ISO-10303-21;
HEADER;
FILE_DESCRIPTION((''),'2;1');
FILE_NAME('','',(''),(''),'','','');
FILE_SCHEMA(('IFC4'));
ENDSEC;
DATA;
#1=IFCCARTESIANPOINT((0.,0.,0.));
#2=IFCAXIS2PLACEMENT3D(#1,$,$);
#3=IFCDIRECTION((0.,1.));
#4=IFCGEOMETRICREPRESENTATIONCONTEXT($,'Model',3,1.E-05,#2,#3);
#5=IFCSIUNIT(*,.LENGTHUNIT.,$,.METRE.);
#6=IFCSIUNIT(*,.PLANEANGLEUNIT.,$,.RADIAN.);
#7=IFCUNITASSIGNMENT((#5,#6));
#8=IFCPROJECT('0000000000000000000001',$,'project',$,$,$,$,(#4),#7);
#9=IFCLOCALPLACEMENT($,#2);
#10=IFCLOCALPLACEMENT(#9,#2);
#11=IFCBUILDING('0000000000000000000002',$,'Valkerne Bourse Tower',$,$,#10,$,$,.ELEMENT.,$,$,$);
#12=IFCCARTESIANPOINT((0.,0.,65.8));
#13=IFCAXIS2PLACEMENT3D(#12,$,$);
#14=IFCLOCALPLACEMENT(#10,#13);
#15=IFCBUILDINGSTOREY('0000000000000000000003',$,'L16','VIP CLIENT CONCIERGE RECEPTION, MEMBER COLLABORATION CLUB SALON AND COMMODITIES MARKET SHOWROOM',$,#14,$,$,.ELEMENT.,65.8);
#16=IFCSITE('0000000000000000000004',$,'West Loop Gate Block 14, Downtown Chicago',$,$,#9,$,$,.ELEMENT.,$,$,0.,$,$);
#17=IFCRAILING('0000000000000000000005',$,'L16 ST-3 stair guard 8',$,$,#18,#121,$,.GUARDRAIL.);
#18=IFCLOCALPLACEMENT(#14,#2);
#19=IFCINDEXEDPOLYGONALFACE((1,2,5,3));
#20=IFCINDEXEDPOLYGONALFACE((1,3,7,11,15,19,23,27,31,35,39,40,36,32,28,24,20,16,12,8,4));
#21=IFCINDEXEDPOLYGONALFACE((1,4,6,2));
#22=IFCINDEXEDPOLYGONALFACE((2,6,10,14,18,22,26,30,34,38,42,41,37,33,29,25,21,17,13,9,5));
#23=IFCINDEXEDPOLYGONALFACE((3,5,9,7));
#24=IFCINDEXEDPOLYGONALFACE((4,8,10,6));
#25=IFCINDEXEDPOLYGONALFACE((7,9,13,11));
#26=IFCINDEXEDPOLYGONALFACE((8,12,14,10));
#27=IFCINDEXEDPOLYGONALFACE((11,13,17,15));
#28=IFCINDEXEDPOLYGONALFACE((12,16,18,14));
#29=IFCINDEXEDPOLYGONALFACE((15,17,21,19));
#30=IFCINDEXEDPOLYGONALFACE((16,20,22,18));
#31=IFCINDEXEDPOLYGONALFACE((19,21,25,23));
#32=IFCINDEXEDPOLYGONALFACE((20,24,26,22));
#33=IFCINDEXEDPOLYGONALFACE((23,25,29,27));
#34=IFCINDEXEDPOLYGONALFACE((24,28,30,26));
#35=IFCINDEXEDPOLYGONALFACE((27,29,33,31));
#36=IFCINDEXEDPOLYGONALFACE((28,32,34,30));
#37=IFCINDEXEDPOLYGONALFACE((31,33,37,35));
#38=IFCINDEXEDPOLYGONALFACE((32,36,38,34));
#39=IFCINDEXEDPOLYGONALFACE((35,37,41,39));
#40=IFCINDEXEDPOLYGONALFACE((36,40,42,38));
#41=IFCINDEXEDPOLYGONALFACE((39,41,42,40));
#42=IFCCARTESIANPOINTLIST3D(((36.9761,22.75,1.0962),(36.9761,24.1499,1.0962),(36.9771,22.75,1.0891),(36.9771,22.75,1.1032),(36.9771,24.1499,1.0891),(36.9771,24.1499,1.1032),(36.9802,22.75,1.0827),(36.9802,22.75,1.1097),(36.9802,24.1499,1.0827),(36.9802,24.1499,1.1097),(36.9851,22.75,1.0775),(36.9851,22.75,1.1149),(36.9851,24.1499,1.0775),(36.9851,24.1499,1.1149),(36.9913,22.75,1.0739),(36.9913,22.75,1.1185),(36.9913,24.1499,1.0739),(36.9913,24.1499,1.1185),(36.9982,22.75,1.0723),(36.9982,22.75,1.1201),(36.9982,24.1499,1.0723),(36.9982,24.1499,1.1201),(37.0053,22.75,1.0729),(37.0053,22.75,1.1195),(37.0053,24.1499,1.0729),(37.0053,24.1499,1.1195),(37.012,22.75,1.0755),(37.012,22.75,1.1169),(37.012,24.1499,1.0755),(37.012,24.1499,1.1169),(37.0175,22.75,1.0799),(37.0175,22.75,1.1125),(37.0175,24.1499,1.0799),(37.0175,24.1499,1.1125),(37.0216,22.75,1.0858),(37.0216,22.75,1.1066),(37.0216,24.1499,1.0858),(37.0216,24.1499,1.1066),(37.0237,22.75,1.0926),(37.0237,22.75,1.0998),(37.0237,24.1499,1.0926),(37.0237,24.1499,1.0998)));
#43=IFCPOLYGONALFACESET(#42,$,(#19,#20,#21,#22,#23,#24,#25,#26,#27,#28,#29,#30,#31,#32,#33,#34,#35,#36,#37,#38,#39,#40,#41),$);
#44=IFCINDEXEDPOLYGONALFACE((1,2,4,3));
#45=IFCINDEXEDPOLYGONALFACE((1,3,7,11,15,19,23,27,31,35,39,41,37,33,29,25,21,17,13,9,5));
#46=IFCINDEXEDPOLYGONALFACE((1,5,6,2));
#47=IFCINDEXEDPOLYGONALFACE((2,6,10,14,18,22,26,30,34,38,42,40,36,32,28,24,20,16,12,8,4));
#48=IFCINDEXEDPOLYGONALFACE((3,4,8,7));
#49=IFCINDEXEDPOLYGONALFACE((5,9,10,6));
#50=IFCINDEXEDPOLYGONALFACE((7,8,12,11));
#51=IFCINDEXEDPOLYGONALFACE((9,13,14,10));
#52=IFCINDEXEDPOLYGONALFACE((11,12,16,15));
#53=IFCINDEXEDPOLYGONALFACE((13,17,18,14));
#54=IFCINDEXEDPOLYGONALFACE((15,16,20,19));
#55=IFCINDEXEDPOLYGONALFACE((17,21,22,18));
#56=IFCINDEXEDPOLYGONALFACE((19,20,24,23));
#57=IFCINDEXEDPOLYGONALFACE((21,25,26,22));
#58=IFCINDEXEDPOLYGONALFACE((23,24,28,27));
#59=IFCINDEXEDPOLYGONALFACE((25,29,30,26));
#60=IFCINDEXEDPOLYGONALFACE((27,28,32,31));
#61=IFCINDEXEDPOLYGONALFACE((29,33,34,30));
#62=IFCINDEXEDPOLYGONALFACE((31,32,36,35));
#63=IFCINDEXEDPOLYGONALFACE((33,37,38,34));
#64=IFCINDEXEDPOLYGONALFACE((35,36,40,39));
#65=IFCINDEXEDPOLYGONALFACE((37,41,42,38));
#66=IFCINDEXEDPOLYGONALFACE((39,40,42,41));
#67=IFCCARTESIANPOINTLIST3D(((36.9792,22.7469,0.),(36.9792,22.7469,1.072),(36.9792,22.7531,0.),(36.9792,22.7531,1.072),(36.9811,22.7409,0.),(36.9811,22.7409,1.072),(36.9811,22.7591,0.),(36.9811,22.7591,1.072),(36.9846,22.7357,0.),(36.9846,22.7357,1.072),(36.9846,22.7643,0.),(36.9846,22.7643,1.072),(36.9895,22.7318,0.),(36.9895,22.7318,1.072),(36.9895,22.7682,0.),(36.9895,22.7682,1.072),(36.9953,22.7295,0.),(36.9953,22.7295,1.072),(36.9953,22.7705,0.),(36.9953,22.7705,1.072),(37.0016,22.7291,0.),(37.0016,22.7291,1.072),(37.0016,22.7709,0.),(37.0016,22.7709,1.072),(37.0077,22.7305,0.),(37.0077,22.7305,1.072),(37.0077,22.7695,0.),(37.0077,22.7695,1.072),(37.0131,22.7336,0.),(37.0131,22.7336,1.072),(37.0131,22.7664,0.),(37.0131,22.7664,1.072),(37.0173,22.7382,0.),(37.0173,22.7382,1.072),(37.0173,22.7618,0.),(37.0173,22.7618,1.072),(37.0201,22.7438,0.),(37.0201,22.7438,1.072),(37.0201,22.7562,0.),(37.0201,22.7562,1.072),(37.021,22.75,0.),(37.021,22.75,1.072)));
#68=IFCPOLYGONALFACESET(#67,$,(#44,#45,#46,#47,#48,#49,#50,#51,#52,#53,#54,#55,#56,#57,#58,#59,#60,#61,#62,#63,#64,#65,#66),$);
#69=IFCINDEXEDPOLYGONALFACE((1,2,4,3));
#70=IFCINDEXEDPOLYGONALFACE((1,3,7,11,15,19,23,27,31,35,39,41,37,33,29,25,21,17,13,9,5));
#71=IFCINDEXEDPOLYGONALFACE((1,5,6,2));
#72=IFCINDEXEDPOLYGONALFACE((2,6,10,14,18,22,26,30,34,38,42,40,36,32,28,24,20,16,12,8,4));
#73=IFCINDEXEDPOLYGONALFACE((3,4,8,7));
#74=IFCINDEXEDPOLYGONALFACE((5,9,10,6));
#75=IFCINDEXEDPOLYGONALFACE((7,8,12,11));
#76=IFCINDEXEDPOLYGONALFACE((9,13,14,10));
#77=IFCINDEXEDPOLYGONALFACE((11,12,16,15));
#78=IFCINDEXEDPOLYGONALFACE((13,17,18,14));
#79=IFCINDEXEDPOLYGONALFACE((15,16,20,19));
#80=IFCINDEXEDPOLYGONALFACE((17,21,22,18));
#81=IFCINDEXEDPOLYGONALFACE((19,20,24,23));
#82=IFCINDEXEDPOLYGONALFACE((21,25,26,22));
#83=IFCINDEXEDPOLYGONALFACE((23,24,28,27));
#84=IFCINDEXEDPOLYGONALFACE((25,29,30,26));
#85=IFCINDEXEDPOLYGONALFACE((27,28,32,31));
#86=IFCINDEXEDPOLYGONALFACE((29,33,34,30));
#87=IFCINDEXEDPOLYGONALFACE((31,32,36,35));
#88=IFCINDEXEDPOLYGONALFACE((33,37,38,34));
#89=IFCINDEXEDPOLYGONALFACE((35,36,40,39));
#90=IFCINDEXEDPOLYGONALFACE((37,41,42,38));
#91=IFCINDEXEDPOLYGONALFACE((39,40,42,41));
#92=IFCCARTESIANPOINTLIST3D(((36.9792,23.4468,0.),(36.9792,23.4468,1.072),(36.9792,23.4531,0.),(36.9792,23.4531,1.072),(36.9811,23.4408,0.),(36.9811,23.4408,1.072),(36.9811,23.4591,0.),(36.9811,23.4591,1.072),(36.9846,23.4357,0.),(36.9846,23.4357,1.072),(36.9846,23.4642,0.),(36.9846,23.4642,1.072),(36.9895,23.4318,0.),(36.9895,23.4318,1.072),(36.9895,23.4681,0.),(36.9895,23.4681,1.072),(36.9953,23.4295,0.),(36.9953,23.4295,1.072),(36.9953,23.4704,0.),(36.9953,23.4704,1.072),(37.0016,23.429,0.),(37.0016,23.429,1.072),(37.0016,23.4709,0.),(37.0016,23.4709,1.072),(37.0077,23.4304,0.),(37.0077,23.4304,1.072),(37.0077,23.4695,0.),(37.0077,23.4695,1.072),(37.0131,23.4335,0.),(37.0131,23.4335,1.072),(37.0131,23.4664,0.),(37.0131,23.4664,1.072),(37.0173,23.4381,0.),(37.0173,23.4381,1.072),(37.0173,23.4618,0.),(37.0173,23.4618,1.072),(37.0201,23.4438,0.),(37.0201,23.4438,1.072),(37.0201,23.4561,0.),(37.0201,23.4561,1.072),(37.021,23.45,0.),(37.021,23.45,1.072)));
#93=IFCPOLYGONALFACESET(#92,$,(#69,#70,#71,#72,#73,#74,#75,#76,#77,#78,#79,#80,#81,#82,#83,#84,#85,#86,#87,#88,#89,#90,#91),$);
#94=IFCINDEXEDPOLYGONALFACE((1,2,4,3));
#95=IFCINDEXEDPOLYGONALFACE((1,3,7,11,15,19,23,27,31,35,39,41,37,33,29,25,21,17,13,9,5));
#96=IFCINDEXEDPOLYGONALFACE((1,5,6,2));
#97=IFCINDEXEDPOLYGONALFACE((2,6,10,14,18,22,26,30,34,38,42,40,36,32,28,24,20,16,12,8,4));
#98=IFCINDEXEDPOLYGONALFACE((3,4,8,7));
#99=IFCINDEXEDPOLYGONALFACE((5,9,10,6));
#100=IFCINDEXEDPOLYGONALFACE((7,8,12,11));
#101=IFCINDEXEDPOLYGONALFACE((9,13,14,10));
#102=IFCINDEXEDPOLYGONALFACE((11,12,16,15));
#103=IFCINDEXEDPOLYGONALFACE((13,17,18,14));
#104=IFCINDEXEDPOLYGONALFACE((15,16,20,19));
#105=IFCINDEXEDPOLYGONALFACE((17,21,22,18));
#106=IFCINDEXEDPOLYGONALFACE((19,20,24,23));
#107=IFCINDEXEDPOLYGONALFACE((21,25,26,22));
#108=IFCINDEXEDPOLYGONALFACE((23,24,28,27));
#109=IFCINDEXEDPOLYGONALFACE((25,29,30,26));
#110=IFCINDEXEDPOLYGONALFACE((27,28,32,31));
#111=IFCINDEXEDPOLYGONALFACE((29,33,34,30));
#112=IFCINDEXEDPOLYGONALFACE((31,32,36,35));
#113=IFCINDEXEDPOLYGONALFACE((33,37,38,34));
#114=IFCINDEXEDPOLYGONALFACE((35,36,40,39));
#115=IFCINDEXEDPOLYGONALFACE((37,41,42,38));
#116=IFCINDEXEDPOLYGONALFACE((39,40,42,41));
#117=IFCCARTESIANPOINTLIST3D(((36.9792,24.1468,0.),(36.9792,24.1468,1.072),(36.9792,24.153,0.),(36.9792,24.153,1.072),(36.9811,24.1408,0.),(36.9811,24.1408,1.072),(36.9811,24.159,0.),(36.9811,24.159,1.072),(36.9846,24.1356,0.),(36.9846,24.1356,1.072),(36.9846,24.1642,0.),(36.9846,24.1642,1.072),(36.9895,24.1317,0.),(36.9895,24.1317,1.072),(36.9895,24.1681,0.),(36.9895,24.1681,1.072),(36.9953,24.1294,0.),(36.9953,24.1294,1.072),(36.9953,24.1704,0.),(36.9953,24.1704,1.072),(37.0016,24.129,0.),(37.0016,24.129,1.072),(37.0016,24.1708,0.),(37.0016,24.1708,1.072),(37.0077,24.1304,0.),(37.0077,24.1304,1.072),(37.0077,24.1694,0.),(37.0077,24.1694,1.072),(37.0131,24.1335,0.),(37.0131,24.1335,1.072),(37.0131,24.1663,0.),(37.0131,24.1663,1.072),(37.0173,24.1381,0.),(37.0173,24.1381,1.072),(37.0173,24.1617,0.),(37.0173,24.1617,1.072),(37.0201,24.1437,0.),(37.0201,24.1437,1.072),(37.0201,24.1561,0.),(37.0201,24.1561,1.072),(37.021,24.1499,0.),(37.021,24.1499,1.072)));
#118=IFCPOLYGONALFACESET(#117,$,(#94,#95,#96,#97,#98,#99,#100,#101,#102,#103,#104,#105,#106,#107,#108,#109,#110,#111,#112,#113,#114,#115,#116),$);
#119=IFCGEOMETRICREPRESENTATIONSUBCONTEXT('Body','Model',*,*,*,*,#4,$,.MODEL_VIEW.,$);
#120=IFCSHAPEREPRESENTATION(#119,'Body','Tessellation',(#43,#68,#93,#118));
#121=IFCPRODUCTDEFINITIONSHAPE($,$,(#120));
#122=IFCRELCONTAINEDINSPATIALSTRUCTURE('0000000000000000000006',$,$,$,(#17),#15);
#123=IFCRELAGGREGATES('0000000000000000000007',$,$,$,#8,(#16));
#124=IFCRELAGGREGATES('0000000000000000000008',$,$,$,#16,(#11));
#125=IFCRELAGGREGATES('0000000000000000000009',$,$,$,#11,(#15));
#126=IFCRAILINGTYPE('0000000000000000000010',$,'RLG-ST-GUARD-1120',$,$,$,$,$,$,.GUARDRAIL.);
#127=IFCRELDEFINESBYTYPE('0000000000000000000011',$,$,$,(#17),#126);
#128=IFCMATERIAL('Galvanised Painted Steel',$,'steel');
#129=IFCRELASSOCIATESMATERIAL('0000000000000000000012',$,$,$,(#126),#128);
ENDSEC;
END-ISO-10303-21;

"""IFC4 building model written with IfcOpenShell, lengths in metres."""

from ifc_helpers import new_model, si_unit, direction, frame, origin, origin_2d, place, context, subcontext, project, spatial, circle, extrude, material, type_object, element, save


model = new_model("IFC4")

# Units and contexts
model_context = context("Model", 3, precision=1e-05, world=origin(), true_north=direction((0.0, 1.0)))
body_context = subcontext(model_context, "Body", "Model", "MODEL_VIEW")
ifc_project = project(units=[si_unit("LENGTHUNIT", "METRE"), si_unit("PLANEANGLEUNIT", "RADIAN")], contexts=[model_context])

# Site, building, storey
site_placement = place(None, origin())
site = spatial("IfcSite", under=ifc_project, at=site_placement, Name="West Loop Gate Block 14, Downtown Chicago", CompositionType="ELEMENT", RefElevation=0.0)
building_placement = place(site_placement, origin())
building = spatial("IfcBuilding", under=site, at=building_placement, Name="Valkerne Bourse Tower", CompositionType="ELEMENT")
storey_placement = place(building_placement, frame((0.0, 0.0, 65.8)))
storey = spatial("IfcBuildingStorey", under=building, at=storey_placement, Name="L16", Description="VIP CLIENT CONCIERGE RECEPTION, MEMBER COLLABORATION CLUB SALON AND COMMODITIES MARKET SHOWROOM", CompositionType="ELEMENT", Elevation=65.8)

# Shared definitions
ifc_material_1 = material(Name="Galvanised Painted Steel", Category="steel")

# Railing
railing_type_1 = type_object("IfcRailingType", Name="RLG-ST-GUARD-1120", PredefinedType="GUARDRAIL", material=ifc_material_1)
railing_1_placement = place(storey_placement, frame((37.0, 22.75, 0.0)))
element("IfcRailing", 1, at=railing_1_placement, inside=storey, type_object=railing_type_1, Name="L16 ST-3 stair guard 8", PredefinedType="GUARDRAIL", context=body_context, shape_type="SweptSolid", body=[
    extrude(circle(Radius=0.0239, at=origin_2d()), frame((0.0, 0.0, 1.0962), z_axis=(0.0, 1.0, 0.0), x_axis=(-1.0, 0.0, 0.0)), (0.0, 0.0, 1.0), 1.3999),
    extrude(circle(Radius=0.021, at=origin_2d()), origin(), (0.0, 0.0, 1.0), 1.072),
    extrude(circle(Radius=0.021, at=origin_2d()), frame((0.0, 0.7, 0.0)), (0.0, 0.0, 1.0), 1.072),
    extrude(circle(Radius=0.021, at=origin_2d()), frame((0.0, 1.3999, 0.0)), (0.0, 0.0, 1.0), 1.072),
])

save(model, "model.ifc")
